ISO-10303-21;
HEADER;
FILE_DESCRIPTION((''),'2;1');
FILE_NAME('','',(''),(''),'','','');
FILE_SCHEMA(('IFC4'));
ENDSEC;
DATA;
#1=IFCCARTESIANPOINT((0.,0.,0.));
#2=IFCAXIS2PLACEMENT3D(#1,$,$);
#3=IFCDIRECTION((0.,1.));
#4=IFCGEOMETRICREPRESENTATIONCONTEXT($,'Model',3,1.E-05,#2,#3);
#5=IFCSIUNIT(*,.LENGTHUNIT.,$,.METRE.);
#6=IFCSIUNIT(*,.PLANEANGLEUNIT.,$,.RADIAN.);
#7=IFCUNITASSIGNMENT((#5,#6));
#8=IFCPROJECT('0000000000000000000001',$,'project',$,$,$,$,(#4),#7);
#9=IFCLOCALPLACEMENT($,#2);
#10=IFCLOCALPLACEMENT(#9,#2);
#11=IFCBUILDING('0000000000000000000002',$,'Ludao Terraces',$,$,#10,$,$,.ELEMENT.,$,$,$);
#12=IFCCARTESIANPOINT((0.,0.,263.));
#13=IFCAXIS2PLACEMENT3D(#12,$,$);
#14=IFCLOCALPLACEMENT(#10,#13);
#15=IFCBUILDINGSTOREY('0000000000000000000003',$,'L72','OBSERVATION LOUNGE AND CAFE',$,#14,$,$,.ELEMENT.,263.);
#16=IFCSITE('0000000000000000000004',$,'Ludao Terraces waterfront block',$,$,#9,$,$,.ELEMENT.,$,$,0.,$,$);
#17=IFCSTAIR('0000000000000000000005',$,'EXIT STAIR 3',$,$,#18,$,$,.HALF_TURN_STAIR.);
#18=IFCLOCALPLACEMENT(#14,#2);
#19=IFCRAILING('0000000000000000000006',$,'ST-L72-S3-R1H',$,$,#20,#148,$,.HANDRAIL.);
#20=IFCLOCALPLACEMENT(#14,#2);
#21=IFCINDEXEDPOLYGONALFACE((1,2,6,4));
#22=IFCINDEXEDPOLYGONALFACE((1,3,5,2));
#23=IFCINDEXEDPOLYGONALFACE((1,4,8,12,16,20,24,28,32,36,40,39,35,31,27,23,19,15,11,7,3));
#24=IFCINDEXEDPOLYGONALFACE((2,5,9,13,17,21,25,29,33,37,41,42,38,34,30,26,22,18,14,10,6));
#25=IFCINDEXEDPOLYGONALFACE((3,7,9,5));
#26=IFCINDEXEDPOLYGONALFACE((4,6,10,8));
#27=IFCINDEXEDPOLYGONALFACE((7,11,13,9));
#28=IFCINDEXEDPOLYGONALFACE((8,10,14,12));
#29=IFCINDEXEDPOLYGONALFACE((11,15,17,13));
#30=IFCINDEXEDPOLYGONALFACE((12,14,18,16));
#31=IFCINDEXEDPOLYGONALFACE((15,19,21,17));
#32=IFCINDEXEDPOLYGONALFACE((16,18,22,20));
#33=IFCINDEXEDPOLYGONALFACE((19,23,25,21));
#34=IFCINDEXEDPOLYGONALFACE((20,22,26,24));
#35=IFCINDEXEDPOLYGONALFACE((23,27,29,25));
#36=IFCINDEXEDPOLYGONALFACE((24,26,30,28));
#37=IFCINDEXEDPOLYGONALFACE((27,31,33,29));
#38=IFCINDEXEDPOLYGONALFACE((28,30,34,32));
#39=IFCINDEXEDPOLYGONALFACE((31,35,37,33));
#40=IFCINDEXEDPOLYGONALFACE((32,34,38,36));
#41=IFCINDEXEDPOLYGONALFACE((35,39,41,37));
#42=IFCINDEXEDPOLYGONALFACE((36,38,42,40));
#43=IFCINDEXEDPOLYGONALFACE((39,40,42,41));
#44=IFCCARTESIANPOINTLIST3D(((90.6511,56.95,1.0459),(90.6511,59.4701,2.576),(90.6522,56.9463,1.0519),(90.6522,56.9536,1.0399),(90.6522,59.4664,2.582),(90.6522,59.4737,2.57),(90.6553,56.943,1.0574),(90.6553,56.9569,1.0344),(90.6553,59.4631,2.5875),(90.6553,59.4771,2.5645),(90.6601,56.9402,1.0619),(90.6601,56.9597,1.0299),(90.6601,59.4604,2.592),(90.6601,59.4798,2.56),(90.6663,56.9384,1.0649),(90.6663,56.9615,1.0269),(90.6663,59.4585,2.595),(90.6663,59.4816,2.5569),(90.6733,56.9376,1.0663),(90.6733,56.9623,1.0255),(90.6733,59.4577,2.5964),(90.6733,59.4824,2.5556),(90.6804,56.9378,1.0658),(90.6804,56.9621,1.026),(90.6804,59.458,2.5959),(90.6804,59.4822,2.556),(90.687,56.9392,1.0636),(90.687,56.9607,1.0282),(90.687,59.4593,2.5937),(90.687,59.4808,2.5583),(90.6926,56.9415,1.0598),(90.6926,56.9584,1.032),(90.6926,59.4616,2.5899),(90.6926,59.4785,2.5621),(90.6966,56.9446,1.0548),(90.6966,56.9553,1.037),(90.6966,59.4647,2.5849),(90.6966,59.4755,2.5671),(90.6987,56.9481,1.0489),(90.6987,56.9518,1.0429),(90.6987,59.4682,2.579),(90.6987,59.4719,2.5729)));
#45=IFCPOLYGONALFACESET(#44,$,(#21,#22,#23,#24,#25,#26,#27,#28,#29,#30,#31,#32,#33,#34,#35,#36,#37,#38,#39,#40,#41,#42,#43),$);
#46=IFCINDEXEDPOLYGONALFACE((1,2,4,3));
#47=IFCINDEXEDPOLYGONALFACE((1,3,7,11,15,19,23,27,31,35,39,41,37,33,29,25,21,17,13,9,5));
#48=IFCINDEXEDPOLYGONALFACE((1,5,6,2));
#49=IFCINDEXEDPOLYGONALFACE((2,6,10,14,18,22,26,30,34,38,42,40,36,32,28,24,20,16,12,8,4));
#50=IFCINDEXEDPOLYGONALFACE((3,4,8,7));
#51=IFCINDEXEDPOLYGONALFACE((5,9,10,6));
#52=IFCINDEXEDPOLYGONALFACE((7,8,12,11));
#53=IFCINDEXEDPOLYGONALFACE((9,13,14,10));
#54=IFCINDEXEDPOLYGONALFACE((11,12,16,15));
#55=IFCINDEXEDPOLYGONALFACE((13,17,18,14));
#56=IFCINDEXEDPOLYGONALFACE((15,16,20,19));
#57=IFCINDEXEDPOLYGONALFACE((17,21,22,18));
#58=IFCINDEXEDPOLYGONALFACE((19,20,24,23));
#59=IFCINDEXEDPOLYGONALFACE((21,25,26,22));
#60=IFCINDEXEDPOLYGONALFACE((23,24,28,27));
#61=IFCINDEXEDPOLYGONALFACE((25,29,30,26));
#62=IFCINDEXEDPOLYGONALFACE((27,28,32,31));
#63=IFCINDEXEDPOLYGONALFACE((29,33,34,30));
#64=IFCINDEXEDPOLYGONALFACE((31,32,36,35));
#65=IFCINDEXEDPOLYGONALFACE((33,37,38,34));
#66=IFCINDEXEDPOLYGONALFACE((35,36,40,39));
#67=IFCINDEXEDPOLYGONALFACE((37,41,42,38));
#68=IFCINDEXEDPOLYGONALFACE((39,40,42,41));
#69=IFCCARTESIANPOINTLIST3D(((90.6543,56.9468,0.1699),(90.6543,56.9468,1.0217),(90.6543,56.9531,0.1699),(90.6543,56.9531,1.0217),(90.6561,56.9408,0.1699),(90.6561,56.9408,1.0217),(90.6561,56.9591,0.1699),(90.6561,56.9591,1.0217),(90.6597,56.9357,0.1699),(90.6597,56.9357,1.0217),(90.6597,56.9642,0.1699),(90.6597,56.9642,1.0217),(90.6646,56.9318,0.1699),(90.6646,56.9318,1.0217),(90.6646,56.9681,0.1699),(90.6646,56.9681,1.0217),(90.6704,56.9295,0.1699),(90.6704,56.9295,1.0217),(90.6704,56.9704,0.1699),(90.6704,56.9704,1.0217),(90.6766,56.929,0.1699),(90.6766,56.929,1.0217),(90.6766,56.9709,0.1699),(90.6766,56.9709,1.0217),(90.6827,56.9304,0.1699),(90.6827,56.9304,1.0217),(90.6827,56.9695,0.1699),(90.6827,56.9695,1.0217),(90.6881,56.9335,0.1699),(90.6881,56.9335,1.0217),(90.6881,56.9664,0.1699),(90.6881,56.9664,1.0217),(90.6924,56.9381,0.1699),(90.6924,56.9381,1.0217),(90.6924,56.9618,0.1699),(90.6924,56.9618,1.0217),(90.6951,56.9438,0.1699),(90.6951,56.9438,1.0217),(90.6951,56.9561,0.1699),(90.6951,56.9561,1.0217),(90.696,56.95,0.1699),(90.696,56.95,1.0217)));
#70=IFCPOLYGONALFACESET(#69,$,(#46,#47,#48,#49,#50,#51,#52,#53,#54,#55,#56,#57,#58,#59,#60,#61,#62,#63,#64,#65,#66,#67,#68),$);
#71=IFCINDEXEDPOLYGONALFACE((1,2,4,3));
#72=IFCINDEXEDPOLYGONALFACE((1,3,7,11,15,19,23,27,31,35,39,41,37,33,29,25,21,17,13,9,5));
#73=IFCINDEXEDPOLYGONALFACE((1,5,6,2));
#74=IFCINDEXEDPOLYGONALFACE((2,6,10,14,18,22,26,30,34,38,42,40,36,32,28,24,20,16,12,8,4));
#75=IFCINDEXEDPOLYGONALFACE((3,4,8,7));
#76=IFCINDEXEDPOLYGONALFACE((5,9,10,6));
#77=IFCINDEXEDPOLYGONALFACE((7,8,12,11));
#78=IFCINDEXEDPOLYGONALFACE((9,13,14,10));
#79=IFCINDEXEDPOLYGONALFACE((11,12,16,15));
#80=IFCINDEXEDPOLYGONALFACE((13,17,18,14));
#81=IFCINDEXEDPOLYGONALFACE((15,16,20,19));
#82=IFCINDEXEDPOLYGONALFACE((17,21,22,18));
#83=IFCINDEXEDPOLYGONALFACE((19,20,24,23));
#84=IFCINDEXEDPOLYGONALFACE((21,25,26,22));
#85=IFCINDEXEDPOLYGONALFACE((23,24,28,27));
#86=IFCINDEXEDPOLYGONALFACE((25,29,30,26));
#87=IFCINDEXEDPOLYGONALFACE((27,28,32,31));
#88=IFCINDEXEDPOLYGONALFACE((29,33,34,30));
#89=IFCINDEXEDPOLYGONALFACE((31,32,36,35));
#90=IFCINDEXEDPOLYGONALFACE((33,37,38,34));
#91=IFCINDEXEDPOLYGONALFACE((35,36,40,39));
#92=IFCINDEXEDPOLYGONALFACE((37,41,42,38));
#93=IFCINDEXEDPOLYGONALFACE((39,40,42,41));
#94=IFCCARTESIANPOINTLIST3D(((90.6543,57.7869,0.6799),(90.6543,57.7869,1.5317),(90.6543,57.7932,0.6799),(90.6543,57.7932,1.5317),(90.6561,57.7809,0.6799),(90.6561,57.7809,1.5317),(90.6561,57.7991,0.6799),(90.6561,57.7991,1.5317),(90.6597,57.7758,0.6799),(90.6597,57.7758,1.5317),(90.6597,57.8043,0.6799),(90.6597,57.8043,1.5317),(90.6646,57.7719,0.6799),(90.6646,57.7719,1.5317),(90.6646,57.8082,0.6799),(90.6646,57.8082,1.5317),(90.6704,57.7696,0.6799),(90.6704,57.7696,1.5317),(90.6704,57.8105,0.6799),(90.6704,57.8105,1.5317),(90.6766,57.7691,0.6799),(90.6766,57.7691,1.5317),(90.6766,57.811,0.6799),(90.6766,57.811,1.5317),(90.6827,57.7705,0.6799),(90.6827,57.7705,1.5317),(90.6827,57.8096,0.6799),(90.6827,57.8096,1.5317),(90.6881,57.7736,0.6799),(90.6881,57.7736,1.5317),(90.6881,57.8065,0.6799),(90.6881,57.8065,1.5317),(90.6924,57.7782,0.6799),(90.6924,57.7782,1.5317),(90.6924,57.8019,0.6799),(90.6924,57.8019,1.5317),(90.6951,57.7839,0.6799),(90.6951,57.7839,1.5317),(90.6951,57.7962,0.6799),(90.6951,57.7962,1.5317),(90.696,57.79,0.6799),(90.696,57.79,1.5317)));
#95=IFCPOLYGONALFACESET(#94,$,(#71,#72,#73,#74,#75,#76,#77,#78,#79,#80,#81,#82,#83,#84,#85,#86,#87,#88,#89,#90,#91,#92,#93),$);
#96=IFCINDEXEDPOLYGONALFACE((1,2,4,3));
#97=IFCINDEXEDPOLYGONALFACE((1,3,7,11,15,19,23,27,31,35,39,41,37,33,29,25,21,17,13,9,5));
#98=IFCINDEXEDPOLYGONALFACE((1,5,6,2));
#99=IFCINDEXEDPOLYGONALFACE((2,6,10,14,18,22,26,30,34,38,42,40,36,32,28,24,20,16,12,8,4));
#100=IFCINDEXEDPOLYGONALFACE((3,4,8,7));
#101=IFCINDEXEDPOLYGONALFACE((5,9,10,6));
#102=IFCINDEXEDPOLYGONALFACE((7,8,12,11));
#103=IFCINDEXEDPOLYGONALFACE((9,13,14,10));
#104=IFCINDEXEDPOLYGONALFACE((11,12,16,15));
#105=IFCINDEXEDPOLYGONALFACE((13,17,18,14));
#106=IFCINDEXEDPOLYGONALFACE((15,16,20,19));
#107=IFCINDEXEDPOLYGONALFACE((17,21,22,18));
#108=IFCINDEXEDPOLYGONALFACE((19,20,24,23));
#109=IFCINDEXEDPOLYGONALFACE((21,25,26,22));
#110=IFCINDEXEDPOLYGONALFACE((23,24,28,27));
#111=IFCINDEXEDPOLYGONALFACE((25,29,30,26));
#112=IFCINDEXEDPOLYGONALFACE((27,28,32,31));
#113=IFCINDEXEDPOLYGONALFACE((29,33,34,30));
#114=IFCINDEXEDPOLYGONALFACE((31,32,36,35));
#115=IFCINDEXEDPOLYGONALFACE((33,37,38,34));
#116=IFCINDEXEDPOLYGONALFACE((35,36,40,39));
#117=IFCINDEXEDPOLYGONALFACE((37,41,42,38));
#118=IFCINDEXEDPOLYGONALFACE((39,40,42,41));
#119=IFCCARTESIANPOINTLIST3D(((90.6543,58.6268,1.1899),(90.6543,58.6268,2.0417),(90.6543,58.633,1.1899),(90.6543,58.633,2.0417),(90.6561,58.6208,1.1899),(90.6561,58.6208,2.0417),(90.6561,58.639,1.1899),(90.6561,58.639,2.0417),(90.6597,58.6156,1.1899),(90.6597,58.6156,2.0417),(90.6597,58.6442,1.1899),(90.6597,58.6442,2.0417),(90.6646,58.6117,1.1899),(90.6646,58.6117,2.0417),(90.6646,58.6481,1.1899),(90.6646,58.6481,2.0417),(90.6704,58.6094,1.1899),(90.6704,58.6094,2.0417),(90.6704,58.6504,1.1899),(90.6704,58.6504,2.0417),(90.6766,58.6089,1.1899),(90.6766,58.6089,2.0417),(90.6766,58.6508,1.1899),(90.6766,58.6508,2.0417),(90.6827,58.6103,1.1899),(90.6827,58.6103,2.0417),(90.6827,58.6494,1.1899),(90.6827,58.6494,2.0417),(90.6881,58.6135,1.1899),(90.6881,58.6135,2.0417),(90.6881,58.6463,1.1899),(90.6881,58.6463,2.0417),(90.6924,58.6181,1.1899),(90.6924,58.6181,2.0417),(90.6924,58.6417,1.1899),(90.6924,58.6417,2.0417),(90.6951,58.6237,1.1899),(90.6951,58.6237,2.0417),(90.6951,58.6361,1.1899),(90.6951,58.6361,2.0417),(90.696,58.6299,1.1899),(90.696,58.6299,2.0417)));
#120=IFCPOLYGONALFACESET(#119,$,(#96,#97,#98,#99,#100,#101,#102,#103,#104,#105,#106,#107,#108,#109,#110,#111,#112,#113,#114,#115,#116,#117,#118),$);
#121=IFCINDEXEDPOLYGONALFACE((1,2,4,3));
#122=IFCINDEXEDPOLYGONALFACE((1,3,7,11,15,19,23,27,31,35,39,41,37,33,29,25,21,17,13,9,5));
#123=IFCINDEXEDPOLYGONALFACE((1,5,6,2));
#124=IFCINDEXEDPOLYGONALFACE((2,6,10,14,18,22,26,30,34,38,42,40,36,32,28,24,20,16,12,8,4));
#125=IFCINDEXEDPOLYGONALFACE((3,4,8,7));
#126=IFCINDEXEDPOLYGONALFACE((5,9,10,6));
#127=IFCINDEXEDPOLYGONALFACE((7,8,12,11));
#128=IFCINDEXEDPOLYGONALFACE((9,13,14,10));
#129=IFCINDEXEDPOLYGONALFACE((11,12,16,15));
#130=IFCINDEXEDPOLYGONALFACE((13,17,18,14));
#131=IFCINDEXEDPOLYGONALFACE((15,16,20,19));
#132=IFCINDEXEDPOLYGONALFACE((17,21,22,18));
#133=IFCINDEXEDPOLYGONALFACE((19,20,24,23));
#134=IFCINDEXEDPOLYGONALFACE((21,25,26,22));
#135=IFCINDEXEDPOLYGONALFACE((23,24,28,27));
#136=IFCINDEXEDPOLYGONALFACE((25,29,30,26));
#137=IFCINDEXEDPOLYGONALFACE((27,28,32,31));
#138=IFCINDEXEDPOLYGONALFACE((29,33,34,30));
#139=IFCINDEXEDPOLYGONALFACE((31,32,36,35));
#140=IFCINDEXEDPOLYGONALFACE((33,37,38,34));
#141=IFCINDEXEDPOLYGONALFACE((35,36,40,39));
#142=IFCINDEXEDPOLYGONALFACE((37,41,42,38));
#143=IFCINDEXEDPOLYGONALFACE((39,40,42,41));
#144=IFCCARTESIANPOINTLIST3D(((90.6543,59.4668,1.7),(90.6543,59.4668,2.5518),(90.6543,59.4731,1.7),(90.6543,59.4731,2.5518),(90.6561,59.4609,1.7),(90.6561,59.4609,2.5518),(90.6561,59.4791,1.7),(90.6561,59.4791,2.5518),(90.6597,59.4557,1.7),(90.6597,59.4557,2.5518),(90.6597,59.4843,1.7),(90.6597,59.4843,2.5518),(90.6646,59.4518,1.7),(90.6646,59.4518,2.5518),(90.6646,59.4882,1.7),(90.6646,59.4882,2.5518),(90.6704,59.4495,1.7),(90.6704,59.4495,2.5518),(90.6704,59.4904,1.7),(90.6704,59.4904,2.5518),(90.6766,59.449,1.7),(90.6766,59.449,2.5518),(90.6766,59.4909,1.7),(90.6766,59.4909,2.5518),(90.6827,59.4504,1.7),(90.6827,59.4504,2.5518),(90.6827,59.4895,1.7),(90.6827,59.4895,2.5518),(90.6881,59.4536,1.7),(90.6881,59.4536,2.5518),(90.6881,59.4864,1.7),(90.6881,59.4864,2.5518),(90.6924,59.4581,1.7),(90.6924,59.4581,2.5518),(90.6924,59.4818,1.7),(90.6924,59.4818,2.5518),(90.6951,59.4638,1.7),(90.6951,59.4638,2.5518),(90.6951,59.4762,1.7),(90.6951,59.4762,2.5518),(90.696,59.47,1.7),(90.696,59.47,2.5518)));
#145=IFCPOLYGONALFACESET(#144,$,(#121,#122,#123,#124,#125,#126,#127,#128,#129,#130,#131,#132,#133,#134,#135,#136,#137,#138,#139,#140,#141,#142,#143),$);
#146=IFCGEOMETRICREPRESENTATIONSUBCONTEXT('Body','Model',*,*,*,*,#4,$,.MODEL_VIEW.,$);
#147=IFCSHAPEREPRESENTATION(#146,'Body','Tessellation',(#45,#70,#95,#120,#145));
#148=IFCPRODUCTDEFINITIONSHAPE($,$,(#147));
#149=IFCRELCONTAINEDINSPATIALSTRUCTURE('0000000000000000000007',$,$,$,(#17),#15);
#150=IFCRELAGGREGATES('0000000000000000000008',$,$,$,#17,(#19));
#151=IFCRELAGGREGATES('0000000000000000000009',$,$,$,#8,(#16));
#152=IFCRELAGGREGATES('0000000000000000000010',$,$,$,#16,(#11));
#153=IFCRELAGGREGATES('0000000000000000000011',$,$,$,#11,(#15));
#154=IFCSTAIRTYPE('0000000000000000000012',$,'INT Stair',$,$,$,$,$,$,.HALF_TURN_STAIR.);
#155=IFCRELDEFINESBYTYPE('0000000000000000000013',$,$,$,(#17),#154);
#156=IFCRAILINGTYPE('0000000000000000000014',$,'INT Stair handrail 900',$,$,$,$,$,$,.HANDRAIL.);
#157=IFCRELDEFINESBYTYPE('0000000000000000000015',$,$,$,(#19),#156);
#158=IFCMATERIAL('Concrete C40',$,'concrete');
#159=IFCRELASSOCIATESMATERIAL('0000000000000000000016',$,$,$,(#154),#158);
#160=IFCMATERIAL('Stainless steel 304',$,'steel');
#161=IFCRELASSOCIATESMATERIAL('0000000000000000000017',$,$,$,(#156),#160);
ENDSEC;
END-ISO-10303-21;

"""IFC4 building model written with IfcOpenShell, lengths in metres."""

from ifc_helpers import new_model, si_unit, direction, frame, origin, origin_2d, place, context, subcontext, project, spatial, circle, extrude, material, type_object, element, aggregate, save


model = new_model("IFC4")

# Units and contexts
model_context = context("Model", 3, precision=1e-05, world=origin(), true_north=direction((0.0, 1.0)))
body_context = subcontext(model_context, "Body", "Model", "MODEL_VIEW")
ifc_project = project(units=[si_unit("LENGTHUNIT", "METRE"), si_unit("PLANEANGLEUNIT", "RADIAN")], contexts=[model_context])

# Site, building, storey
site_placement = place(None, origin())
site = spatial("IfcSite", under=ifc_project, at=site_placement, Name="Ludao Terraces waterfront block", CompositionType="ELEMENT", RefElevation=0.0)
building_placement = place(site_placement, origin())
building = spatial("IfcBuilding", under=site, at=building_placement, Name="Ludao Terraces", CompositionType="ELEMENT")
storey_placement = place(building_placement, frame((0.0, 0.0, 263.0)))
storey = spatial("IfcBuildingStorey", under=building, at=storey_placement, Name="L72", Description="OBSERVATION LOUNGE AND CAFE", CompositionType="ELEMENT", Elevation=263.0)

# Shared definitions
ifc_material_1 = material(Name="Concrete C40", Category="concrete")

# Stair, railing
stair_type = type_object("IfcStairType", Name="INT Stair", PredefinedType="HALF_TURN_STAIR", material=ifc_material_1)
stair_placement = place(storey_placement, origin())
stair = element("IfcStair", 1, at=stair_placement, inside=storey, type_object=stair_type, Name="EXIT STAIR 3", PredefinedType="HALF_TURN_STAIR")
ifc_material_2 = material(Name="Stainless steel 304", Category="steel")
railing_type_1 = type_object("IfcRailingType", Name="INT Stair handrail 900", PredefinedType="HANDRAIL", material=ifc_material_2)
railing_1_placement = place(storey_placement, frame((90.675, 56.95, 0.1699)))
railing_1 = element("IfcRailing", 2, at=railing_1_placement, type_object=railing_type_1, Name="ST-L72-S3-R1H", PredefinedType="HANDRAIL", context=body_context, shape_type="SweptSolid", body=[
    extrude(circle(Radius=0.0239, at=origin_2d()), frame((0.0, 0.0, 0.876), z_axis=(0.0, 0.854785, 0.518982), x_axis=(-1.0, 0.0, 0.0)), (0.0, 0.0, 1.0), 2.9482),
    extrude(circle(Radius=0.021, at=origin_2d()), origin(), (0.0, 0.0, 1.0), 0.8518),
    extrude(circle(Radius=0.021, at=origin_2d()), frame((0.0, 0.8401, 0.51)), (0.0, 0.0, 1.0), 0.8518),
    extrude(circle(Radius=0.021, at=origin_2d()), frame((0.0, 1.6799, 1.02)), (0.0, 0.0, 1.0), 0.8518),
    extrude(circle(Radius=0.021, at=origin_2d()), frame((0.0, 2.52, 1.53)), (0.0, 0.0, 1.0), 0.8518),
])
aggregate(stair, [railing_1])

save(model, "model.ifc")
